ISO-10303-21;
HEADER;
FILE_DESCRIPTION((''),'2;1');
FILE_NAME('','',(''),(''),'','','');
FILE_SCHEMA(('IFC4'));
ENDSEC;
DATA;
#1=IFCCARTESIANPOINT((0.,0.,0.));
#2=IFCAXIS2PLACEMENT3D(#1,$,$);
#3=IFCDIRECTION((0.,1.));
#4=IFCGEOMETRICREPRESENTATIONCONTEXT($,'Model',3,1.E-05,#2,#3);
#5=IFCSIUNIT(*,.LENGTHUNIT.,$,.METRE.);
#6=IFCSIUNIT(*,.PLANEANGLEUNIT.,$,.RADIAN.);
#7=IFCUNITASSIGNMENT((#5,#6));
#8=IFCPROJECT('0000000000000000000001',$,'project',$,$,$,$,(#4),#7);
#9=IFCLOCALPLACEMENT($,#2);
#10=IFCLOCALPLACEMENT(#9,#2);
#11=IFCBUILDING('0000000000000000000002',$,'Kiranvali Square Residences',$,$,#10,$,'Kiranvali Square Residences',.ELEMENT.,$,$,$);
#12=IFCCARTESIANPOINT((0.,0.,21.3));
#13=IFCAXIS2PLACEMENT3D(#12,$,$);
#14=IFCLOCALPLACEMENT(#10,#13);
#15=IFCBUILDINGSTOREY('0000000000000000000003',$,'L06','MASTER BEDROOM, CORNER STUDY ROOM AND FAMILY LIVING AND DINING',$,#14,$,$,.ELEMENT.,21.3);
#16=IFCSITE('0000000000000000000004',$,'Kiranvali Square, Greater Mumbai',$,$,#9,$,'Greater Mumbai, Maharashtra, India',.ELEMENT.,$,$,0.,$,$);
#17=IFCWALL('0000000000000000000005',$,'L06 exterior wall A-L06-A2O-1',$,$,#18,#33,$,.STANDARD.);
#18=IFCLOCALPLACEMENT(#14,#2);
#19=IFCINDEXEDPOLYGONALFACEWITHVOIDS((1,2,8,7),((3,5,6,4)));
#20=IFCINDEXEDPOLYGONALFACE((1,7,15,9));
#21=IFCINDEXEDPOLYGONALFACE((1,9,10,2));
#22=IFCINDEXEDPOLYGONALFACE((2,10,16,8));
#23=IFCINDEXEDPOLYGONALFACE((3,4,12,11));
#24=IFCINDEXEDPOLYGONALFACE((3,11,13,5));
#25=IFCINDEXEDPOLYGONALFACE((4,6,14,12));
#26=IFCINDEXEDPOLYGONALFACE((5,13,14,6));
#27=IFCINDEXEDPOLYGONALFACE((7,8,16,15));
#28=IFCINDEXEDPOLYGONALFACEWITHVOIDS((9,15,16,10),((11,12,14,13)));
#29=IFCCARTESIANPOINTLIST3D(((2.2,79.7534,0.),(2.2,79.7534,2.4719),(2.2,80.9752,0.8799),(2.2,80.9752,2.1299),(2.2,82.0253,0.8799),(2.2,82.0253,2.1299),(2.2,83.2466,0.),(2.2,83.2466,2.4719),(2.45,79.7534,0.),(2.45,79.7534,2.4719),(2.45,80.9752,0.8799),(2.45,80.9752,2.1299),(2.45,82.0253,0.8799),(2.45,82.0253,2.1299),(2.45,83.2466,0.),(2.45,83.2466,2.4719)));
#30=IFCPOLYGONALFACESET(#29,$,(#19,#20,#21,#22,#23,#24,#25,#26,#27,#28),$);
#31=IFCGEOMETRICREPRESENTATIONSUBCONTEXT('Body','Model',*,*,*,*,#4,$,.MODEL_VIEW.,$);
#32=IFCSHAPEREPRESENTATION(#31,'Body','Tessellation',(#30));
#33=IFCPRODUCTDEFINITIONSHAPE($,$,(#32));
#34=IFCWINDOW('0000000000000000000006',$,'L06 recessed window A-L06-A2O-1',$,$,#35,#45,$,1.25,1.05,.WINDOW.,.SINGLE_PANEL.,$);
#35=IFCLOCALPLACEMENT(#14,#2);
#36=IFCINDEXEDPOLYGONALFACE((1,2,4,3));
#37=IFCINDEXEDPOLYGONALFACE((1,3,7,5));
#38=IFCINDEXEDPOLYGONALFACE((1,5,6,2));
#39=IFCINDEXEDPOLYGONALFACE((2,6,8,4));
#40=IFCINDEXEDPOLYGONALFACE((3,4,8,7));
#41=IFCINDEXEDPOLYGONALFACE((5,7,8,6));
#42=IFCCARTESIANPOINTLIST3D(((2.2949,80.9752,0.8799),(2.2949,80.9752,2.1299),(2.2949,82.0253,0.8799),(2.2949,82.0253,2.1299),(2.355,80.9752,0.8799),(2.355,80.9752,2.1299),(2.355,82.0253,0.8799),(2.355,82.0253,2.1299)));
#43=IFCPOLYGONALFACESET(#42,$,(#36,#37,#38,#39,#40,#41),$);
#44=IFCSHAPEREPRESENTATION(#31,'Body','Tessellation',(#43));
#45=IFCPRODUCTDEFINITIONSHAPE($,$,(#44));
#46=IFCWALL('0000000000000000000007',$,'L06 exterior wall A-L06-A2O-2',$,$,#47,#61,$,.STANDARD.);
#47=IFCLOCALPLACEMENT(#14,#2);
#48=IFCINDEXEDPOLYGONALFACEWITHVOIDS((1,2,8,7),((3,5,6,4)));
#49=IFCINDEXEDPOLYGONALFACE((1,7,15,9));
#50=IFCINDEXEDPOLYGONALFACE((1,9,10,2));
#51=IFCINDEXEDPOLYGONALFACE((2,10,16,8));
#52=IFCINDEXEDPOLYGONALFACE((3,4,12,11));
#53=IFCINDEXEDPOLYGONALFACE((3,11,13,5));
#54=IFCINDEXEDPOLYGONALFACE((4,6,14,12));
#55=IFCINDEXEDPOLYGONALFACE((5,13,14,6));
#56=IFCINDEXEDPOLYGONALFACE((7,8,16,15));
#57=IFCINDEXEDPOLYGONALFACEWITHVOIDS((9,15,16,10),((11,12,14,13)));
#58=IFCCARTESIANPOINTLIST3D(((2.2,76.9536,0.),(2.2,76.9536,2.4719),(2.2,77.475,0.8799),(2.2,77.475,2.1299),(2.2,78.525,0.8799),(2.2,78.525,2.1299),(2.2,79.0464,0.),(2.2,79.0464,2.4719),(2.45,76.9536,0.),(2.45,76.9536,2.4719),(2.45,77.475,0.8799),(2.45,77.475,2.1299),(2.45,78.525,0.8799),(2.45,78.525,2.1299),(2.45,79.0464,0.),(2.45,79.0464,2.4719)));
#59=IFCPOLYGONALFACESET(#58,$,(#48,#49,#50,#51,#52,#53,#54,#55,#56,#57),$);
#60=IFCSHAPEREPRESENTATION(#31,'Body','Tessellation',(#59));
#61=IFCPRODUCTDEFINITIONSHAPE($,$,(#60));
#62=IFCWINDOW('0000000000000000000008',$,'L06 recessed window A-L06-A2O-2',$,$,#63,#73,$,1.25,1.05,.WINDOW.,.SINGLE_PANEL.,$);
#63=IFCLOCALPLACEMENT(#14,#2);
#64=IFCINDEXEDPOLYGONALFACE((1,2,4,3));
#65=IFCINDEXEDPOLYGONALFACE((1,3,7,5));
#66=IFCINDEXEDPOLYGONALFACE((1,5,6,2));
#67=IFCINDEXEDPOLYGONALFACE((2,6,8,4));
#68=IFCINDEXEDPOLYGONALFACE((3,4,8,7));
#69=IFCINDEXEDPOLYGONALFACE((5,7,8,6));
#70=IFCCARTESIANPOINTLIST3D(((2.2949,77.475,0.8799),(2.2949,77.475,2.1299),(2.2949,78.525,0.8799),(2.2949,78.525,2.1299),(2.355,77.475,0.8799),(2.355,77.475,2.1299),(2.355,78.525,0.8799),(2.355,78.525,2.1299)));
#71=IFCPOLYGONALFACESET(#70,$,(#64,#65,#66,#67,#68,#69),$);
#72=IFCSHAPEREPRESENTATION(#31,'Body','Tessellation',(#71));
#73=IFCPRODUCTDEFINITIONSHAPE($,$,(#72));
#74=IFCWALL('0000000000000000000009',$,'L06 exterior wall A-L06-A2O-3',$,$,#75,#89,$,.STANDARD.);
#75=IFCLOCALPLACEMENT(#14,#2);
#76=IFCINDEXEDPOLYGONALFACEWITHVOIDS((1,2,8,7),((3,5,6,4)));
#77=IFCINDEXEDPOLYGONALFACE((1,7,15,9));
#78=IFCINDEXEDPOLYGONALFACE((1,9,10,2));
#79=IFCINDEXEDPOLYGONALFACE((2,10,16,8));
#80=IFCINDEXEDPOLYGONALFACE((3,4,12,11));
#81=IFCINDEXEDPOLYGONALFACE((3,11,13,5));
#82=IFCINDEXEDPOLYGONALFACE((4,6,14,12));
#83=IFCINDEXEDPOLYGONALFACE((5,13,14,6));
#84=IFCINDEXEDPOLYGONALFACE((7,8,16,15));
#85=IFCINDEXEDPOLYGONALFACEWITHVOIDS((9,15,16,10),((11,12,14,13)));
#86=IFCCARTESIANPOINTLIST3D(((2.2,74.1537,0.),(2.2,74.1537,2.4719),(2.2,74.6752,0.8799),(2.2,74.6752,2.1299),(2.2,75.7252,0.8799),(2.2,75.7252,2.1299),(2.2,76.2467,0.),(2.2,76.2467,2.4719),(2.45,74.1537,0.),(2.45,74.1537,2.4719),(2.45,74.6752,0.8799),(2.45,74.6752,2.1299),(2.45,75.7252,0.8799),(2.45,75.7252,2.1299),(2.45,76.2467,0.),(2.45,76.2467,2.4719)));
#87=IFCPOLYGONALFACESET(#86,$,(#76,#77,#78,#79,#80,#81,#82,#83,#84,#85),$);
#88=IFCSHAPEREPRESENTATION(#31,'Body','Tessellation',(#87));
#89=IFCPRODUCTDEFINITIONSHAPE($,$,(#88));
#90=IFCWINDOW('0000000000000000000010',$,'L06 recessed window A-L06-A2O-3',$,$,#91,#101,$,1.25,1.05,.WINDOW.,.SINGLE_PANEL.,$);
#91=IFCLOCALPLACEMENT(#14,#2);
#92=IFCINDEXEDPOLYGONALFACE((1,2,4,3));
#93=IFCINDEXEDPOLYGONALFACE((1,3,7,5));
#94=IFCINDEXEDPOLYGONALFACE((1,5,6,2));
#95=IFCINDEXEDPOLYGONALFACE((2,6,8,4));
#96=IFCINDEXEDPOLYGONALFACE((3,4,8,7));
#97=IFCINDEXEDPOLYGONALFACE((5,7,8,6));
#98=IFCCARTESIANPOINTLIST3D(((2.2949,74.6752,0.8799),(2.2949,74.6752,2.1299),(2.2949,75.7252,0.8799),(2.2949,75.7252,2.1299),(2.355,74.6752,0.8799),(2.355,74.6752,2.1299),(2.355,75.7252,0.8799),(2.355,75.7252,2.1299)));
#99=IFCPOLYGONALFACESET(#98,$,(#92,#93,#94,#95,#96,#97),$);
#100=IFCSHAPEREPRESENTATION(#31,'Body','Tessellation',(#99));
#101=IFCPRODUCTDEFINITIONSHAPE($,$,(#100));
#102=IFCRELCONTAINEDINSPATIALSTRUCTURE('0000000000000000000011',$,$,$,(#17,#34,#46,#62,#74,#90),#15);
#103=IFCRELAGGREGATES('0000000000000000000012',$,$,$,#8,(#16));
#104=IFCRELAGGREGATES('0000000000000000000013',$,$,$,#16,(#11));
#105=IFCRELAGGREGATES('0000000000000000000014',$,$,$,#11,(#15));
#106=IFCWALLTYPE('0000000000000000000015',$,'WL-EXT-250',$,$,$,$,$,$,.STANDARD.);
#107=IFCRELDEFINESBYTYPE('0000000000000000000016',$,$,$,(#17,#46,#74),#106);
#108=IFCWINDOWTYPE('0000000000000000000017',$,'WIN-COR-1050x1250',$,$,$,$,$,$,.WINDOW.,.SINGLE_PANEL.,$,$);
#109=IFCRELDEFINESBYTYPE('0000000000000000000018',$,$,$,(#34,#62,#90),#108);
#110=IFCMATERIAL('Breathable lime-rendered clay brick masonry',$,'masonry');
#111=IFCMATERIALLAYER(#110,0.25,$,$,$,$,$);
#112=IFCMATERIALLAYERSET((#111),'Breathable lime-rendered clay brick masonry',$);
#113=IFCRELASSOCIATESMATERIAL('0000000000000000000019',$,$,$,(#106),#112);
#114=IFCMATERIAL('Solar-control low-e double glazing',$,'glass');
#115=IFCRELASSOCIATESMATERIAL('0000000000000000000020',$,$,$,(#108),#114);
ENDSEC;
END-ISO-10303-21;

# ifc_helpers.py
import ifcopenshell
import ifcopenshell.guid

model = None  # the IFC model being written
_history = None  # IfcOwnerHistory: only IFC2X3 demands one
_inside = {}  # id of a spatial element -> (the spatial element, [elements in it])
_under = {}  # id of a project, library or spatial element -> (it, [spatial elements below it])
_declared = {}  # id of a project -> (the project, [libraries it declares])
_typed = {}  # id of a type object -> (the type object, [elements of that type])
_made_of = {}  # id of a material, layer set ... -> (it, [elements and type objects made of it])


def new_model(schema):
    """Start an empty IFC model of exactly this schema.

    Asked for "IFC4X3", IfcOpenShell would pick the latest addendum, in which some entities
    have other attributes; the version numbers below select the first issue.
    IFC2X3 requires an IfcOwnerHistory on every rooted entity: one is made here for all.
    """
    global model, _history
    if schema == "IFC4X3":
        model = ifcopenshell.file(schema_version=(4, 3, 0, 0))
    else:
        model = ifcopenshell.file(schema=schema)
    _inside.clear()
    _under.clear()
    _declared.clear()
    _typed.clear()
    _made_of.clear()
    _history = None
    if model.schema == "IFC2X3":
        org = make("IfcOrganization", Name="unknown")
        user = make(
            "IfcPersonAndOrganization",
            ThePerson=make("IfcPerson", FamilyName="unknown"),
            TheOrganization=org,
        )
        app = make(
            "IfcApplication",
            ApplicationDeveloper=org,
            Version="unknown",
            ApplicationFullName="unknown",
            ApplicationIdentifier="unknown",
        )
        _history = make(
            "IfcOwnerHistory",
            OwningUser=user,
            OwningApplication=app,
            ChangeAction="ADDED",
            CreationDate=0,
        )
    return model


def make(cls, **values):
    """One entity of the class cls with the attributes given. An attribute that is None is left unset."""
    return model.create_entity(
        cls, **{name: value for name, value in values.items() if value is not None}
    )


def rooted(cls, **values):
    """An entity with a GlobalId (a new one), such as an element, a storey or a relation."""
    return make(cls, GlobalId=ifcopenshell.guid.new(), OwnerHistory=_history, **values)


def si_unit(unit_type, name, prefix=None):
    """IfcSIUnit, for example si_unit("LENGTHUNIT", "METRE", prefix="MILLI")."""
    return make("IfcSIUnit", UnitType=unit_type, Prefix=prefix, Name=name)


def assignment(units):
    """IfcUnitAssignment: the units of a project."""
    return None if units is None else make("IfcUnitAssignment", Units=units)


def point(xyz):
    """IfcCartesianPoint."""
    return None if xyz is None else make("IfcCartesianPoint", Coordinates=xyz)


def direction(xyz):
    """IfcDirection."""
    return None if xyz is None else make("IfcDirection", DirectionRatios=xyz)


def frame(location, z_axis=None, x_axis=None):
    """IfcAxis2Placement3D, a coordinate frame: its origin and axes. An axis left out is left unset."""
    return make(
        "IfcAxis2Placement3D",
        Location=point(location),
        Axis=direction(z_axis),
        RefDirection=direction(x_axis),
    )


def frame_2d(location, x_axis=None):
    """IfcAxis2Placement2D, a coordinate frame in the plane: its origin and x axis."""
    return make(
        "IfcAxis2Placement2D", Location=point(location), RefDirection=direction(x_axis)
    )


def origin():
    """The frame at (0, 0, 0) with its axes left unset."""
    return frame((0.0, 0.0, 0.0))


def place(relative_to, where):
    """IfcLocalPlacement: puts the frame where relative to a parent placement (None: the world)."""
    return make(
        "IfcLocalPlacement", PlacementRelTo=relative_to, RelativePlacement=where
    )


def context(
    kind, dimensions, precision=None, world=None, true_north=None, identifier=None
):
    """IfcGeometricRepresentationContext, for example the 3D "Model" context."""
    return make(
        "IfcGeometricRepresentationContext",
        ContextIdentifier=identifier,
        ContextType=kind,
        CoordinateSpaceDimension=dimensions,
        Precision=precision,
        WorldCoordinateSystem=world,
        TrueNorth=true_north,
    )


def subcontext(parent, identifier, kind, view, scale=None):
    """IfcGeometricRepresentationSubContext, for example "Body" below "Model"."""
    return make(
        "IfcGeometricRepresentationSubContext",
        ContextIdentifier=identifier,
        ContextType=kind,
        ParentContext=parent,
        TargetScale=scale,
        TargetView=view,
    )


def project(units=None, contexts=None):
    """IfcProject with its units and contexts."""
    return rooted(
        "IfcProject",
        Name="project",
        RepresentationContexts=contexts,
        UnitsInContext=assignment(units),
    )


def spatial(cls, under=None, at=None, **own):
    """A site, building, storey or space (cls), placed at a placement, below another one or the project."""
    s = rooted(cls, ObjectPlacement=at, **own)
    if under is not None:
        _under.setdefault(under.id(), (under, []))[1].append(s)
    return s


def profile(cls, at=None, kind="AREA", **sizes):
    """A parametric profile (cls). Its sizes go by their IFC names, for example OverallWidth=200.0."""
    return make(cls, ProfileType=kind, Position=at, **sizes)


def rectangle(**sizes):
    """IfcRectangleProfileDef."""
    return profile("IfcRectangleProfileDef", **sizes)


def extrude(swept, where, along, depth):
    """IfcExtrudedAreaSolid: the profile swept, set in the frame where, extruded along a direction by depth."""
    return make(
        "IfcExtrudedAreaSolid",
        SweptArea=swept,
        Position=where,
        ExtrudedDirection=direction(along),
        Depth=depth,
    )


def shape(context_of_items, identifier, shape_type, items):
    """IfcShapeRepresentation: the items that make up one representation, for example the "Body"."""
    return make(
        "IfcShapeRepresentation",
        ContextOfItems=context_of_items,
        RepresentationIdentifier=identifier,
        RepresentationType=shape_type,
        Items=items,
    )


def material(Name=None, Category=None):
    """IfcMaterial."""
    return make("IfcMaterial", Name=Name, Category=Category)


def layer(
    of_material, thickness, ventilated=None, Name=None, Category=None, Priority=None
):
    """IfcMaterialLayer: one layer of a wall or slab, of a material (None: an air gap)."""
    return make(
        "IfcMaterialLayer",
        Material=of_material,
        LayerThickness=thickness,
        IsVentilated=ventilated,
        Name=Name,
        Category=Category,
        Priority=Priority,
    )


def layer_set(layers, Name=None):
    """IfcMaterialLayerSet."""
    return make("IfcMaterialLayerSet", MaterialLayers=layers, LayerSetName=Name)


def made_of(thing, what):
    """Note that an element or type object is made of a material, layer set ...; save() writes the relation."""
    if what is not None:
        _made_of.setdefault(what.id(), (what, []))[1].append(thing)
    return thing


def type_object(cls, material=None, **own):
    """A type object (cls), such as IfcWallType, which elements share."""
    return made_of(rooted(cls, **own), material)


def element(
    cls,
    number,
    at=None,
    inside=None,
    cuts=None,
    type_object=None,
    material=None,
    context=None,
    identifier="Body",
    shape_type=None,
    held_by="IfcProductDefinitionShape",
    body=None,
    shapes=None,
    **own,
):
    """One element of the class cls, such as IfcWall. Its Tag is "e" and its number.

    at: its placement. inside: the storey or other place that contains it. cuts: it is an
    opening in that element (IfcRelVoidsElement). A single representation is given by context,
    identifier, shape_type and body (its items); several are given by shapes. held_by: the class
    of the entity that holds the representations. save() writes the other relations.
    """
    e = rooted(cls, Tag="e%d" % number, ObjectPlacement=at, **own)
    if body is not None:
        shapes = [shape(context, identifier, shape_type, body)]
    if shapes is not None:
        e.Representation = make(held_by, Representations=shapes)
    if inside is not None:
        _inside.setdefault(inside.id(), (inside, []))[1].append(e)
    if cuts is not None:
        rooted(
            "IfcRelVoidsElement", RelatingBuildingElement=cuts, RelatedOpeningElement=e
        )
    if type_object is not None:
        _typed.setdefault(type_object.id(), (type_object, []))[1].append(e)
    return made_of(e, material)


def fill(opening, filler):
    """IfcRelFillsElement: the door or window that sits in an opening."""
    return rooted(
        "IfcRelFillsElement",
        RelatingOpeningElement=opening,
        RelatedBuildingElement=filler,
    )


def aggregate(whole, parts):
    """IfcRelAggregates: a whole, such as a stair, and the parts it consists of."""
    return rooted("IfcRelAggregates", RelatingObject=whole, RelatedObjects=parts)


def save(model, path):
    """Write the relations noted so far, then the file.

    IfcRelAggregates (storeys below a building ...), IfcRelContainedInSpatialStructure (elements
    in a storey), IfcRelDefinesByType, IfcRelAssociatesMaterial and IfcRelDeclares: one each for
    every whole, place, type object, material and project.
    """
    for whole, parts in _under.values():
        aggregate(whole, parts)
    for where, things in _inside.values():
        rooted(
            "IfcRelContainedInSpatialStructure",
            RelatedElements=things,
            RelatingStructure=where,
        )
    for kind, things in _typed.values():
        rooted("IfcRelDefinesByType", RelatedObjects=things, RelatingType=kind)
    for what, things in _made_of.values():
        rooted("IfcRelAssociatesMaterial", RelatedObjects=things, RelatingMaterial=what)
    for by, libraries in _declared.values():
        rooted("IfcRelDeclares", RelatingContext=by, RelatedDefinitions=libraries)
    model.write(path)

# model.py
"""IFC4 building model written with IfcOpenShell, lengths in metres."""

from ifc_helpers import new_model, si_unit, direction, frame, frame_2d, origin, place, context, subcontext, project, spatial, rectangle, extrude, material, layer, layer_set, type_object, element, fill, save


model = new_model("IFC4")

# Units and contexts
model_context = context("Model", 3, precision=1e-05, world=origin(), true_north=direction((0.0, 1.0)))
body_context = subcontext(model_context, "Body", "Model", "MODEL_VIEW")
ifc_project = project(units=[si_unit("LENGTHUNIT", "METRE"), si_unit("PLANEANGLEUNIT", "RADIAN")], contexts=[model_context])

# Site, building, storey
site_placement = place(None, origin())
site = spatial("IfcSite", under=ifc_project, at=site_placement, Name="Kiranvali Square, Greater Mumbai", LongName="Greater Mumbai, Maharashtra, India", CompositionType="ELEMENT", RefElevation=0.0)
building_placement = place(site_placement, origin())
building = spatial("IfcBuilding", under=site, at=building_placement, Name="Kiranvali Square Residences", LongName="Kiranvali Square Residences", CompositionType="ELEMENT")
storey_placement = place(building_placement, frame((0.0, 0.0, 21.3)))
storey = spatial("IfcBuildingStorey", under=building, at=storey_placement, Name="L06", Description="MASTER BEDROOM, CORNER STUDY ROOM AND FAMILY LIVING AND DINING", CompositionType="ELEMENT", Elevation=21.3)

# Walls, openings, windows
ifc_material_1 = material(Name="Breathable lime-rendered clay brick masonry", Category="masonry")
ifc_layer = layer(ifc_material_1, 0.25)
ifc_layer_set = layer_set([ifc_layer], Name="Breathable lime-rendered clay brick masonry")
wall_type = type_object("IfcWallType", Name="WL-EXT-250", PredefinedType="STANDARD", material=ifc_layer_set)
wall_1_placement = place(storey_placement, frame((2.325, 83.2466, 0.0), z_axis=(0.0, 0.0, 1.0), x_axis=(0.0, -1.0, 0.0)))
wall_1 = element("IfcWall", 1, at=wall_1_placement, inside=storey, type_object=wall_type, Name="L06 exterior wall A-L06-A2O-1", PredefinedType="STANDARD", context=body_context, shape_type="SweptSolid", body=[
    extrude(rectangle(XDim=3.4932, YDim=0.25, at=frame_2d((1.7466, 0.0))), origin(), (0.0, 0.0, 1.0), 2.4719),
])
opening_1_placement = place(wall_1_placement, frame((1.2214, 0.0, 0.8799)))
opening_1 = element("IfcOpeningElement", 2, at=opening_1_placement, cuts=wall_1, PredefinedType="OPENING", context=body_context, shape_type="SweptSolid", body=[
    extrude(rectangle(XDim=1.05, YDim=1.25, at=frame_2d((0.5249, 0.625))), frame((0.0, 0.135, 0.0), z_axis=(0.0, -1.0, 0.0), x_axis=(1.0, 0.0, 0.0)), (0.0, 0.0, 1.0), 0.27),
])
ifc_material_2 = material(Name="Solar-control low-e double glazing", Category="glass")
window_type = type_object("IfcWindowType", Name="WIN-COR-1050x1250", PartitioningType="SINGLE_PANEL", PredefinedType="WINDOW", material=ifc_material_2)
window_1_placement = place(opening_1_placement, origin())
window_1 = element("IfcWindow", 3, at=window_1_placement, inside=storey, type_object=window_type, Name="L06 recessed window A-L06-A2O-1", OverallHeight=1.25, OverallWidth=1.05, PartitioningType="SINGLE_PANEL", PredefinedType="WINDOW", context=body_context, shape_type="SweptSolid", body=[
    extrude(rectangle(XDim=1.05, YDim=1.25, at=frame_2d((0.5249, 0.625))), frame((0.0, 0.03, 0.0), z_axis=(0.0, -1.0, 0.0), x_axis=(1.0, 0.0, 0.0)), (0.0, 0.0, 1.0), 0.0601),
])
fill(opening_1, window_1)
wall_2_placement = place(storey_placement, frame((2.325, 79.0464, 0.0), z_axis=(0.0, 0.0, 1.0), x_axis=(0.0, -1.0, 0.0)))
wall_2 = element("IfcWall", 4, at=wall_2_placement, inside=storey, type_object=wall_type, Name="L06 exterior wall A-L06-A2O-2", PredefinedType="STANDARD", context=body_context, shape_type="SweptSolid", body=[
    extrude(rectangle(XDim=2.0928, YDim=0.25, at=frame_2d((1.0464, 0.0))), origin(), (0.0, 0.0, 1.0), 2.4719),
])
opening_2_placement = place(wall_2_placement, frame((0.5215, 0.0, 0.8799)))
opening_2 = element("IfcOpeningElement", 5, at=opening_2_placement, cuts=wall_2, PredefinedType="OPENING", context=body_context, shape_type="SweptSolid", body=[
    extrude(rectangle(XDim=1.05, YDim=1.25, at=frame_2d((0.5249, 0.625))), frame((0.0, 0.135, 0.0), z_axis=(0.0, -1.0, 0.0), x_axis=(1.0, 0.0, 0.0)), (0.0, 0.0, 1.0), 0.27),
])
window_2_placement = place(opening_2_placement, origin())
window_2 = element("IfcWindow", 6, at=window_2_placement, inside=storey, type_object=window_type, Name="L06 recessed window A-L06-A2O-2", OverallHeight=1.25, OverallWidth=1.05, PartitioningType="SINGLE_PANEL", PredefinedType="WINDOW", context=body_context, shape_type="SweptSolid", body=[
    extrude(rectangle(XDim=1.05, YDim=1.25, at=frame_2d((0.5249, 0.625))), frame((0.0, 0.03, 0.0), z_axis=(0.0, -1.0, 0.0), x_axis=(1.0, 0.0, 0.0)), (0.0, 0.0, 1.0), 0.0601),
])
fill(opening_2, window_2)
wall_3_placement = place(storey_placement, frame((2.325, 76.2466, 0.0), z_axis=(0.0, 0.0, 1.0), x_axis=(0.0, -1.0, 0.0)))
wall_3 = element("IfcWall", 7, at=wall_3_placement, inside=storey, type_object=wall_type, Name="L06 exterior wall A-L06-A2O-3", PredefinedType="STANDARD", context=body_context, shape_type="SweptSolid", body=[
    extrude(rectangle(XDim=2.093, YDim=0.25, at=frame_2d((1.0464, 0.0))), origin(), (0.0, 0.0, 1.0), 2.4719),
])
opening_3_placement = place(wall_3_placement, frame((0.5215, 0.0, 0.8799)))
opening_3 = element("IfcOpeningElement", 8, at=opening_3_placement, cuts=wall_3, PredefinedType="OPENING", context=body_context, shape_type="SweptSolid", body=[
    extrude(rectangle(XDim=1.05, YDim=1.25, at=frame_2d((0.5249, 0.625))), frame((0.0, 0.135, 0.0), z_axis=(0.0, -1.0, 0.0), x_axis=(1.0, 0.0, 0.0)), (0.0, 0.0, 1.0), 0.27),
])
window_3_placement = place(opening_3_placement, origin())
window_3 = element("IfcWindow", 9, at=window_3_placement, inside=storey, type_object=window_type, Name="L06 recessed window A-L06-A2O-3", OverallHeight=1.25, OverallWidth=1.05, PartitioningType="SINGLE_PANEL", PredefinedType="WINDOW", context=body_context, shape_type="SweptSolid", body=[
    extrude(rectangle(XDim=1.05, YDim=1.25, at=frame_2d((0.5249, 0.625))), frame((0.0, 0.03, 0.0), z_axis=(0.0, -1.0, 0.0), x_axis=(1.0, 0.0, 0.0)), (0.0, 0.0, 1.0), 0.0601),
])
fill(opening_3, window_3)

save(model, "model.ifc")
